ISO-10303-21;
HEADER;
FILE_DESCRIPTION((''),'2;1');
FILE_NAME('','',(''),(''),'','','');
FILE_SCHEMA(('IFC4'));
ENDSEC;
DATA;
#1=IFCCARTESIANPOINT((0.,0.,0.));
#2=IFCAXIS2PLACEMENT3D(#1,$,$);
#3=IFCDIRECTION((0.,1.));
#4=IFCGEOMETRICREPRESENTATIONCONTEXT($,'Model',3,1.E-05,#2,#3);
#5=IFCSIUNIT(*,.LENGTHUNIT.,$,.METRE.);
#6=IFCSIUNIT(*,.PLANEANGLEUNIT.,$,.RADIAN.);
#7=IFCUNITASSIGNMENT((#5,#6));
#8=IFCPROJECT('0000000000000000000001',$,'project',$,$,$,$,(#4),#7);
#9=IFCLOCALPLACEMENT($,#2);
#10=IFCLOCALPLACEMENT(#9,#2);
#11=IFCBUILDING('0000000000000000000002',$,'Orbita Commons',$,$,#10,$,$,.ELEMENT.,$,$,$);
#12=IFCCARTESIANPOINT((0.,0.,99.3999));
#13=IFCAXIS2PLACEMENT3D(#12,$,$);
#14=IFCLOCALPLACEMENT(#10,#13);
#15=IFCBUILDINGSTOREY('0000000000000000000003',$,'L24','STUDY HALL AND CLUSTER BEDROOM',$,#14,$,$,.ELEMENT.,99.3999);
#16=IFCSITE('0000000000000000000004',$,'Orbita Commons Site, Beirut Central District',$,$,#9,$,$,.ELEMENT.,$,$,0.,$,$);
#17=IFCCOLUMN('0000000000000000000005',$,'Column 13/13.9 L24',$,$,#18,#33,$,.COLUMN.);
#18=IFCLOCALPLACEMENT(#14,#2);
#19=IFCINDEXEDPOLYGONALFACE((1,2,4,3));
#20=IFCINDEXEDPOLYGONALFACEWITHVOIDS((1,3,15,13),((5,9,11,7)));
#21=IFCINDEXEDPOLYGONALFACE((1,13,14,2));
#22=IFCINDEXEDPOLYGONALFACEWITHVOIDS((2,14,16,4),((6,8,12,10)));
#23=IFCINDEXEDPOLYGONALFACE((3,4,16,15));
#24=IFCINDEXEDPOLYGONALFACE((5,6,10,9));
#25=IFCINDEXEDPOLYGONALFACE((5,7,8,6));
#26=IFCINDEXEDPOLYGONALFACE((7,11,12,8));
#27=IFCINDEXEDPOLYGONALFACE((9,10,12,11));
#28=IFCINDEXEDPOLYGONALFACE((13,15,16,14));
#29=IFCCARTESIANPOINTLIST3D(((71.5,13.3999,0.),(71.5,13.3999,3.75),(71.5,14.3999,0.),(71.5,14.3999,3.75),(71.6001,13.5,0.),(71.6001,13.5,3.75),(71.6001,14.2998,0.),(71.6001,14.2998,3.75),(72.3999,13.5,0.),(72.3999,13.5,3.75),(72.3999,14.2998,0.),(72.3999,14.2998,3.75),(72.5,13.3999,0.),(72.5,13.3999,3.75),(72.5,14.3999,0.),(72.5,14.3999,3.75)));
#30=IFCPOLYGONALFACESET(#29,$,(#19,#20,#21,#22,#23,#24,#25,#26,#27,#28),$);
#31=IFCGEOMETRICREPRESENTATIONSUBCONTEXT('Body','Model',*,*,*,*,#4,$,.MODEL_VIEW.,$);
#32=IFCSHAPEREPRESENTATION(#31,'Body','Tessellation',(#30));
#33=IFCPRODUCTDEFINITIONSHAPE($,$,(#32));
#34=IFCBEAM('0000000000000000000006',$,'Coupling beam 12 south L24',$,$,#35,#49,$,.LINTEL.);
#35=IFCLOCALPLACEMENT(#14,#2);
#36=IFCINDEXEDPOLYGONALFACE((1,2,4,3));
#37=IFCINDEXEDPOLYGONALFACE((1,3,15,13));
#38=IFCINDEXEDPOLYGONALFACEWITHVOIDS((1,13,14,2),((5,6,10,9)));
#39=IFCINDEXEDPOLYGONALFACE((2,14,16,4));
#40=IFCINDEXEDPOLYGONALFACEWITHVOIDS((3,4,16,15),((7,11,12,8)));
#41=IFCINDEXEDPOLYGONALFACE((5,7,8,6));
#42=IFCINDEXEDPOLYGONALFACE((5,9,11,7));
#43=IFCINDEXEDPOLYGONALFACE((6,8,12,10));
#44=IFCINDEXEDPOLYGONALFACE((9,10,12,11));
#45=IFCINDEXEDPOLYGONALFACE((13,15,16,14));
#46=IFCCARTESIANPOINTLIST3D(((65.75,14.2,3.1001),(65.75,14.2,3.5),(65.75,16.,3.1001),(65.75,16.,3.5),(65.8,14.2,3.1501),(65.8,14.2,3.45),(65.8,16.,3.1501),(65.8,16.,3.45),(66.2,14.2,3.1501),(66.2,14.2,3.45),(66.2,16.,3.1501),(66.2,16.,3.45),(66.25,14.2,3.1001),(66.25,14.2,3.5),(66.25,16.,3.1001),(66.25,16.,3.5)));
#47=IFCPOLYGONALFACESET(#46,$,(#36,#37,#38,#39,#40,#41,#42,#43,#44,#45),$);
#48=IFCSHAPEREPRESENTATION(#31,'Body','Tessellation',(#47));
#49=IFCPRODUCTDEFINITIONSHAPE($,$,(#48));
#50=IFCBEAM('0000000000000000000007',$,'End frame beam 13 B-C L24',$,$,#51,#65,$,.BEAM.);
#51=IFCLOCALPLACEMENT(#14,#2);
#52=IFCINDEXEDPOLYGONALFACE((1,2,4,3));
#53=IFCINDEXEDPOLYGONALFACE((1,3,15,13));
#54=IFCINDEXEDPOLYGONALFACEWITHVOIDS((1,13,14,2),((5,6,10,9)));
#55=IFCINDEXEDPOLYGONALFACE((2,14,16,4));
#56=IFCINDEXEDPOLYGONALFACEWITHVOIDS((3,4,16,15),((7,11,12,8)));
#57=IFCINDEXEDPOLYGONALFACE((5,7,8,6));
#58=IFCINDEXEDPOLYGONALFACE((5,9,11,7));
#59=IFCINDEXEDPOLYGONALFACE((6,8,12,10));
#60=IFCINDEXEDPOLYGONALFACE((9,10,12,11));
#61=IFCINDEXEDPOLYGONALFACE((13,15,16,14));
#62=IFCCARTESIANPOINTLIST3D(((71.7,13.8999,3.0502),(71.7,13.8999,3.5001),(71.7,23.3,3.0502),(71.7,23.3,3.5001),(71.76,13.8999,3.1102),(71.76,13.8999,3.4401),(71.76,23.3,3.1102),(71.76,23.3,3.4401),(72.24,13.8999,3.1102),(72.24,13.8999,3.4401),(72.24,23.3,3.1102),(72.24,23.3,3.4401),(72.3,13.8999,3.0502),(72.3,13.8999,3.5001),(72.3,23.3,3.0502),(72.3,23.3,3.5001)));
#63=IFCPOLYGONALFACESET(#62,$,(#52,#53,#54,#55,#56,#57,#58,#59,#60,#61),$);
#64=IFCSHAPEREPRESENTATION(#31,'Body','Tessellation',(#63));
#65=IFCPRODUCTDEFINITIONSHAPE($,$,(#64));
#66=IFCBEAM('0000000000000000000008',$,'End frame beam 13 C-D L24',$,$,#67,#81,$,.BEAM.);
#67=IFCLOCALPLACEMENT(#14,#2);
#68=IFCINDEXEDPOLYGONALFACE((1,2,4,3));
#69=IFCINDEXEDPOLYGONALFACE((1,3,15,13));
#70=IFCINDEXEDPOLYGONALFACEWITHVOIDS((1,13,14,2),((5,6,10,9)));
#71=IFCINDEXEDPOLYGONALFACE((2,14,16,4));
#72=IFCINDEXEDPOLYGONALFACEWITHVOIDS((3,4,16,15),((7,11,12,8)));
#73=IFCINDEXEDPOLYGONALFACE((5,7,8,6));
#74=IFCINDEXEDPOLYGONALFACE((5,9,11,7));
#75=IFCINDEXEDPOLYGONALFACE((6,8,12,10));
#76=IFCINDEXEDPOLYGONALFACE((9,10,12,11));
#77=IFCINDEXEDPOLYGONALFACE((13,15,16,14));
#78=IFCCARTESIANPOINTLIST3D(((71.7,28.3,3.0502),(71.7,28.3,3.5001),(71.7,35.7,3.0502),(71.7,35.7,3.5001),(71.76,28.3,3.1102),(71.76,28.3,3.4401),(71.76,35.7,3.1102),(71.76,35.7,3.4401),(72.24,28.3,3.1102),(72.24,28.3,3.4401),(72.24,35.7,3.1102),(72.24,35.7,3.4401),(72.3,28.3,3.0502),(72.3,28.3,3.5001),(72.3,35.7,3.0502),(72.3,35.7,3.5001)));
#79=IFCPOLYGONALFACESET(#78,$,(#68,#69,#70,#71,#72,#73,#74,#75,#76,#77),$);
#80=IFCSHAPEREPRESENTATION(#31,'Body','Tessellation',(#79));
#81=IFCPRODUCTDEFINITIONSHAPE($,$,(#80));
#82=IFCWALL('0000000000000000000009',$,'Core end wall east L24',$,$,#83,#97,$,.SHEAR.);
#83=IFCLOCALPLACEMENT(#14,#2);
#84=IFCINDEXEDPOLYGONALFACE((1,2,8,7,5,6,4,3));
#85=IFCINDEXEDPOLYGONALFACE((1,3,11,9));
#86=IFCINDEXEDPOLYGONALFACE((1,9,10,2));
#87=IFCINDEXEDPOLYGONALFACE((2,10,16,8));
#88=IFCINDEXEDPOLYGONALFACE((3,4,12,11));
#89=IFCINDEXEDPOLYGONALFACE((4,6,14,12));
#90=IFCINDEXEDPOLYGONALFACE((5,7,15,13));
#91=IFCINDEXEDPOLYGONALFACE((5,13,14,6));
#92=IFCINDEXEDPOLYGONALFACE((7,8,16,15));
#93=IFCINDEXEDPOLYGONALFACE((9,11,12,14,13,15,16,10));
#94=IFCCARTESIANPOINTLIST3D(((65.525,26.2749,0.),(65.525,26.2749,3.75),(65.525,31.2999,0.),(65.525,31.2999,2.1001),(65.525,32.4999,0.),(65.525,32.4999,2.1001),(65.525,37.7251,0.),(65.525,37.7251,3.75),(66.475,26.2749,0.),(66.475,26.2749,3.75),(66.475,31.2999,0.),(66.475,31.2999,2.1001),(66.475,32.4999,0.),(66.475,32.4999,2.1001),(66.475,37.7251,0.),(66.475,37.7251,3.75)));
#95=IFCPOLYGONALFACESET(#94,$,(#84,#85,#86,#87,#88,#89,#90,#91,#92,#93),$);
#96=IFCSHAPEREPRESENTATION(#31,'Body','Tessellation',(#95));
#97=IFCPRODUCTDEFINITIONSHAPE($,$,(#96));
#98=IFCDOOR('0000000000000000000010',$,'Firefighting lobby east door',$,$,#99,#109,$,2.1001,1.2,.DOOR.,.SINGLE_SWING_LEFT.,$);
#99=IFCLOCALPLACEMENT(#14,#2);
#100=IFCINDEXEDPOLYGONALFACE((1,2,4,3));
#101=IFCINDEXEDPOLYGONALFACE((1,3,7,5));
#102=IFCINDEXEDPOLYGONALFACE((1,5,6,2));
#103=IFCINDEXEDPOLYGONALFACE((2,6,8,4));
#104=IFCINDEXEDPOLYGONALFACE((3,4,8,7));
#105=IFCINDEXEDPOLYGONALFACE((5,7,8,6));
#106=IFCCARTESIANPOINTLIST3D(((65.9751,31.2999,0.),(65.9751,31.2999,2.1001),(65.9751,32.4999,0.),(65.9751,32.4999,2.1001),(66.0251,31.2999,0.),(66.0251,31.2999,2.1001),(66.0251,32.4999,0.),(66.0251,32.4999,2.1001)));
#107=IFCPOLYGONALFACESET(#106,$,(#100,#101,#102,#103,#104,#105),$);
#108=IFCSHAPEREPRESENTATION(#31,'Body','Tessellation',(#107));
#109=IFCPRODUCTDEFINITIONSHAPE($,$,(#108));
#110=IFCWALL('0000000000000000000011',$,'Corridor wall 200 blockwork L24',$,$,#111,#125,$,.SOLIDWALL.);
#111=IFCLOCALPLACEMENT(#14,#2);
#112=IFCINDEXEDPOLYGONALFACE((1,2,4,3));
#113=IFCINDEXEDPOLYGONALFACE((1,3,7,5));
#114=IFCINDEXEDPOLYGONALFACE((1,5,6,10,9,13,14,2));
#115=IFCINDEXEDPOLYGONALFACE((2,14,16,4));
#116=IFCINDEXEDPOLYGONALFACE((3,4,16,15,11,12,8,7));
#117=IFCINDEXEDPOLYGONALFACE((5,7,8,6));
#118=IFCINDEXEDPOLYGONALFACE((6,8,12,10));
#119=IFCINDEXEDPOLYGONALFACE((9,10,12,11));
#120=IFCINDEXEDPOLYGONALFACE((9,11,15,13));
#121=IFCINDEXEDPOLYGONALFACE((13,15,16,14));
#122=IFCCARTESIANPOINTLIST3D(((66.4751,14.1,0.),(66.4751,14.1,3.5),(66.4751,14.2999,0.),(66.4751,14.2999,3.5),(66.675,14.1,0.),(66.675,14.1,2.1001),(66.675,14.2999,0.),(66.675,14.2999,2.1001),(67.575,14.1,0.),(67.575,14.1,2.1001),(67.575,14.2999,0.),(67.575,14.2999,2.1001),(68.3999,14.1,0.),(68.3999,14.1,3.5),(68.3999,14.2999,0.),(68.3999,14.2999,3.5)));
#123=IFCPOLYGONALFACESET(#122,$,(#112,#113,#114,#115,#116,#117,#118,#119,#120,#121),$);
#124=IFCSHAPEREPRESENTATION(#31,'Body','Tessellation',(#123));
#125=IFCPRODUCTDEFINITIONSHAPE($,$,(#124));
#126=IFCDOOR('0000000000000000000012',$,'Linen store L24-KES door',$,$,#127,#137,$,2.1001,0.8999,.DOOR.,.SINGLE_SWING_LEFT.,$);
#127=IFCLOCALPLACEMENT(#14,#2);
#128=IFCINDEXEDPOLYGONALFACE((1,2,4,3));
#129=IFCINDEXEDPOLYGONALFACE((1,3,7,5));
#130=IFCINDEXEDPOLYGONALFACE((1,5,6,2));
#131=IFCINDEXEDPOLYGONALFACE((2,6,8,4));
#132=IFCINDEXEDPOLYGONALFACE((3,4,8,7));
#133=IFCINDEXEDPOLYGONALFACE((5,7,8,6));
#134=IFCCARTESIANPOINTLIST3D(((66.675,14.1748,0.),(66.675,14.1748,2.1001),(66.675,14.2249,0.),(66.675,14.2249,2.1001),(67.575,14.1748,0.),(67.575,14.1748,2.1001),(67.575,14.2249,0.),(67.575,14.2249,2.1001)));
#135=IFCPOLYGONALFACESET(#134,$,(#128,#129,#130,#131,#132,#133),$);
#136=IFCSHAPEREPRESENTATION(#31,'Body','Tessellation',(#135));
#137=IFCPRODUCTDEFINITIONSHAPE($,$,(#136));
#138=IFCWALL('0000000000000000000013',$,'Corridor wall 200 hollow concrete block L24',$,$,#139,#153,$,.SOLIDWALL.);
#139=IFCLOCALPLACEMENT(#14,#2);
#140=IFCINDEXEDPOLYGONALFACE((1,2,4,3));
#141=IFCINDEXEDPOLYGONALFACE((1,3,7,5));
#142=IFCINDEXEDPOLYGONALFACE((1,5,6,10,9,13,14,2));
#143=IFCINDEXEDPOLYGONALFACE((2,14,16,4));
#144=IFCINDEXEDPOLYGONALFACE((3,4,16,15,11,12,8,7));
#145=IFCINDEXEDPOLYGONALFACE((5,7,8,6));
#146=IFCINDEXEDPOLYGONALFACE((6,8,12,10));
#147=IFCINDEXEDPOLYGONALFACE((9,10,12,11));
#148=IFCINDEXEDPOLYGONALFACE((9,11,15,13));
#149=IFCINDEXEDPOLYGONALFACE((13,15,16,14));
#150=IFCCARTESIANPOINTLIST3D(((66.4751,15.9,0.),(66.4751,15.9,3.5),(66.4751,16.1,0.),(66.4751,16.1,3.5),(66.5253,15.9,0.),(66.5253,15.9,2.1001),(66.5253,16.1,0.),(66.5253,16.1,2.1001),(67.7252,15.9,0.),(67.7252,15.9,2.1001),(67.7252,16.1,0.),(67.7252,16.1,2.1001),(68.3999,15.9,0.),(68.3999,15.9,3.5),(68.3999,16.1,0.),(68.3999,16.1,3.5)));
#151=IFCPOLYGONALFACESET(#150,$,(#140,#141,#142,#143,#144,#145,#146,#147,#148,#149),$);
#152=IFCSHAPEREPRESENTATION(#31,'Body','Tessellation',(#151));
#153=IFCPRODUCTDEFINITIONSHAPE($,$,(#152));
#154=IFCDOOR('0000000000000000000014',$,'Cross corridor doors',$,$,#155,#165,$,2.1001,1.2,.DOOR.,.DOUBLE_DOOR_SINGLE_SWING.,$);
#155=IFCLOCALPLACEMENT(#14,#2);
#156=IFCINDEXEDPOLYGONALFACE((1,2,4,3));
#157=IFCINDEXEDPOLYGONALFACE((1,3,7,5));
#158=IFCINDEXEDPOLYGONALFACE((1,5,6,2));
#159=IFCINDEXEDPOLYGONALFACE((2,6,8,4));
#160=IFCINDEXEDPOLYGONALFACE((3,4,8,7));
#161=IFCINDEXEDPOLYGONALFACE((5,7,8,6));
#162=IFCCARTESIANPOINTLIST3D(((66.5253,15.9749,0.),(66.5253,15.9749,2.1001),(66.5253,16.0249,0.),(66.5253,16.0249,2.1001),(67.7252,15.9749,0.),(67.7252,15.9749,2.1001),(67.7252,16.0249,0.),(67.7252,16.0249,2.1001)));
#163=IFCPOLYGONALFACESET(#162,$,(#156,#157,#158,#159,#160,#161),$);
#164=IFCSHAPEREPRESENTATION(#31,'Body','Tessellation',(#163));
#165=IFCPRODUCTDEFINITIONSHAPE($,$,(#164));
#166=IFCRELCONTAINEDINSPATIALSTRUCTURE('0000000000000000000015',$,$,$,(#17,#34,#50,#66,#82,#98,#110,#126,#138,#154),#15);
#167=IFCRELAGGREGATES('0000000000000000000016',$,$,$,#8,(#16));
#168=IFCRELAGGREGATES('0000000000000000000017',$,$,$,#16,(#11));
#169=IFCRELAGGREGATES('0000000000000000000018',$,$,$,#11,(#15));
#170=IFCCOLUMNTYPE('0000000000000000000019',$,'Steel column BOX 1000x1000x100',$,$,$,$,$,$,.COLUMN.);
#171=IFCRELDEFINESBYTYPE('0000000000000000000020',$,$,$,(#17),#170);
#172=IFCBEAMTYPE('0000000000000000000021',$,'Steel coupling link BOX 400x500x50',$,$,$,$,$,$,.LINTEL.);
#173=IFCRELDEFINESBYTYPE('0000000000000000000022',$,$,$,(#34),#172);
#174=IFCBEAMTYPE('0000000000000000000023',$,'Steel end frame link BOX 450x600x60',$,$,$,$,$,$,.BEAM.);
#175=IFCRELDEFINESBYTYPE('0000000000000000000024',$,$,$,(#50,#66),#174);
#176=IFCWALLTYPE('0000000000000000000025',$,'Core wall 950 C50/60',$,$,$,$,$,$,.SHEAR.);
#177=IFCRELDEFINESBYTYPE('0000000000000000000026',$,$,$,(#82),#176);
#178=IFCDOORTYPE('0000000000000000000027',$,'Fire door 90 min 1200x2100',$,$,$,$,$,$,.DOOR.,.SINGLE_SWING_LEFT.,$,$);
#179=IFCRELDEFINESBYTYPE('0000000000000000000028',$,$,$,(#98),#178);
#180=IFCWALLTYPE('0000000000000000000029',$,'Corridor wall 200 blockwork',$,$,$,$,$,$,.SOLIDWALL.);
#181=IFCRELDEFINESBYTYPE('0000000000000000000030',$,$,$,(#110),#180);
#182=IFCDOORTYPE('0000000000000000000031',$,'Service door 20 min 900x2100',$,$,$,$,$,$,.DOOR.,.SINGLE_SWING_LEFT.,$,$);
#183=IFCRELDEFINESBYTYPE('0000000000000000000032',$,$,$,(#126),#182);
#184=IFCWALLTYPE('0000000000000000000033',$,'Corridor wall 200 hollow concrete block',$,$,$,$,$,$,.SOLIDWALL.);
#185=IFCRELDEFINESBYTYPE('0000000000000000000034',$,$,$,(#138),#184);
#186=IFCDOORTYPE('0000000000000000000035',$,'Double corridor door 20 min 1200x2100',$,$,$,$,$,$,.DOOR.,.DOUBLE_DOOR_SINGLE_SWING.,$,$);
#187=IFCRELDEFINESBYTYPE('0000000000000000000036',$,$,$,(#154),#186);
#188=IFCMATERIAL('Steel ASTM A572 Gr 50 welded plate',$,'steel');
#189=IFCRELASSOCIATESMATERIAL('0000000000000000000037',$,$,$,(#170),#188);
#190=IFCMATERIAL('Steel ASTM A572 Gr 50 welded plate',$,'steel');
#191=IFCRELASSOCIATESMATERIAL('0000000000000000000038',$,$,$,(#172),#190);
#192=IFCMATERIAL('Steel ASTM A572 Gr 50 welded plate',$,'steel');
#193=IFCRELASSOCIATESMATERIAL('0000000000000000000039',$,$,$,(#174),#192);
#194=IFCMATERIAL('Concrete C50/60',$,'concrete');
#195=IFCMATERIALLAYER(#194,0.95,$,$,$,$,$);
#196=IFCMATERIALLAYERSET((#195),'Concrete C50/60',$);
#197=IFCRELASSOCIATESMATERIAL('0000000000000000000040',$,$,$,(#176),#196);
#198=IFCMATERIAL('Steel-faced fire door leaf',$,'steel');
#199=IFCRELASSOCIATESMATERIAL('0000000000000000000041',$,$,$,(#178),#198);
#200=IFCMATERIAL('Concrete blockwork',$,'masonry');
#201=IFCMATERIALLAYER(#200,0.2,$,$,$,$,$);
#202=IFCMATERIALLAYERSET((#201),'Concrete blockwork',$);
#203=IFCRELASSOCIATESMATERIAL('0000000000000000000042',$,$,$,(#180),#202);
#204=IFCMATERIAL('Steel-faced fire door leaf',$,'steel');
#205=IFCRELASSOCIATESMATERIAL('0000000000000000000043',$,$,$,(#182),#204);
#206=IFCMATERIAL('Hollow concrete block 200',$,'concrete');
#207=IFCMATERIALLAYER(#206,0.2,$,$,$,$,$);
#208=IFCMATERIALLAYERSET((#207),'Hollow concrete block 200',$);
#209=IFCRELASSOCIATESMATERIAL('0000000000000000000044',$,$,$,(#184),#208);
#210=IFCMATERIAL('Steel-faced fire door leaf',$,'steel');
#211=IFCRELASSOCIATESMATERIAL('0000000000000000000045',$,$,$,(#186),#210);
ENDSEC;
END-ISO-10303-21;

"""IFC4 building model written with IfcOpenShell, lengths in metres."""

from ifc_helpers import new_model, si_unit, direction, frame, frame_2d, origin, origin_2d, place, context, subcontext, project, spatial, rectangle, hollow_rectangle, extrude, material, layer, layer_set, material_profile, profile_set, type_object, element, fill, save


model = new_model("IFC4")

# Units and contexts
model_context = context("Model", 3, precision=1e-05, world=origin(), true_north=direction((0.0, 1.0)))
body_context = subcontext(model_context, "Body", "Model", "MODEL_VIEW")
ifc_project = project(units=[si_unit("LENGTHUNIT", "METRE"), si_unit("PLANEANGLEUNIT", "RADIAN")], contexts=[model_context])

# Site, building, storey
site_placement = place(None, origin())
site = spatial("IfcSite", under=ifc_project, at=site_placement, Name="Orbita Commons Site, Beirut Central District", CompositionType="ELEMENT", RefElevation=0.0)
building_placement = place(site_placement, origin())
building = spatial("IfcBuilding", under=site, at=building_placement, Name="Orbita Commons", CompositionType="ELEMENT")
storey_placement = place(building_placement, frame((0.0, 0.0, 99.3999)))
storey = spatial("IfcBuildingStorey", under=building, at=storey_placement, Name="L24", Description="STUDY HALL AND CLUSTER BEDROOM", CompositionType="ELEMENT", Elevation=99.3999)

# Column
ifc_material_1 = material(Name="Steel ASTM A572 Gr 50 welded plate", Category="steel")
ifc_material_profile_1 = material_profile(ifc_material_1, hollow_rectangle(XDim=1.0, YDim=1.0, WallThickness=0.1001, at=origin_2d()), Name="BOX 1000x1000x100")
ifc_profile_set_1 = profile_set([ifc_material_profile_1], Name="Steel ASTM A572 Gr 50 welded plate")
column_type = type_object("IfcColumnType", Name="Steel column BOX 1000x1000x100", PredefinedType="COLUMN", material=ifc_profile_set_1)
column_placement = place(storey_placement, frame((72.0, 13.8999, 0.0), z_axis=(0.0, 0.0, 1.0), x_axis=(1.0, 0.0, 0.0)))
element("IfcColumn", 1, at=column_placement, inside=storey, type_object=column_type, Name="Column 13/13.9 L24", PredefinedType="COLUMN", context=body_context, shape_type="SweptSolid", body=[
    extrude(hollow_rectangle(XDim=1.0, YDim=1.0, WallThickness=0.1001, at=origin_2d()), origin(), (0.0, 0.0, 1.0), 3.75),
])

# Beams
ifc_material_2 = material(Name="Steel ASTM A572 Gr 50 welded plate", Category="steel")
ifc_material_profile_2 = material_profile(ifc_material_2, hollow_rectangle(XDim=0.5, YDim=0.3999, WallThickness=0.05, at=origin_2d()), Name="BOX 400x500x50")
ifc_profile_set_2 = profile_set([ifc_material_profile_2], Name="Steel ASTM A572 Gr 50 welded plate")
beam_type_1 = type_object("IfcBeamType", Name="Steel coupling link BOX 400x500x50", PredefinedType="LINTEL", material=ifc_profile_set_2)
beam_1_placement = place(storey_placement, frame((66.0, 14.2, 3.3), z_axis=(0.0, 1.0, 0.0), x_axis=(-1.0, 0.0, 0.0)))
element("IfcBeam", 2, at=beam_1_placement, inside=storey, type_object=beam_type_1, Name="Coupling beam 12 south L24", PredefinedType="LINTEL", context=body_context, shape_type="SweptSolid", body=[
    extrude(hollow_rectangle(XDim=0.5, YDim=0.3999, WallThickness=0.05, at=origin_2d()), origin(), (0.0, 0.0, 1.0), 1.8),
])
ifc_material_3 = material(Name="Steel ASTM A572 Gr 50 welded plate", Category="steel")
ifc_material_profile_3 = material_profile(ifc_material_3, hollow_rectangle(XDim=0.6001, YDim=0.45, WallThickness=0.0601, at=origin_2d()), Name="BOX 450x600x60")
ifc_profile_set_3 = profile_set([ifc_material_profile_3], Name="Steel ASTM A572 Gr 50 welded plate")
beam_type_2 = type_object("IfcBeamType", Name="Steel end frame link BOX 450x600x60", PredefinedType="BEAM", material=ifc_profile_set_3)
beam_2_placement = place(storey_placement, frame((72.0, 13.8999, 3.2751), z_axis=(0.0, 1.0, 0.0), x_axis=(-1.0, 0.0, 0.0)))
element("IfcBeam", 3, at=beam_2_placement, inside=storey, type_object=beam_type_2, Name="End frame beam 13 B-C L24", PredefinedType="BEAM", context=body_context, shape_type="SweptSolid", body=[
    extrude(hollow_rectangle(XDim=0.6001, YDim=0.45, WallThickness=0.0601, at=origin_2d()), origin(), (0.0, 0.0, 1.0), 9.4001),
])
beam_3_placement = place(storey_placement, frame((72.0, 28.3, 3.2751), z_axis=(0.0, 1.0, 0.0), x_axis=(-1.0, 0.0, 0.0)))
element("IfcBeam", 4, at=beam_3_placement, inside=storey, type_object=beam_type_2, Name="End frame beam 13 C-D L24", PredefinedType="BEAM", context=body_context, shape_type="SweptSolid", body=[
    extrude(hollow_rectangle(XDim=0.6001, YDim=0.45, WallThickness=0.0601, at=origin_2d()), origin(), (0.0, 0.0, 1.0), 7.3999),
])

# Walls, openings, doors
ifc_material_4 = material(Name="Concrete C50/60", Category="concrete")
ifc_layer_1 = layer(ifc_material_4, 0.95)
ifc_layer_set_1 = layer_set([ifc_layer_1], Name="Concrete C50/60")
wall_type_1 = type_object("IfcWallType", Name="Core wall 950 C50/60", PredefinedType="SHEAR", material=ifc_layer_set_1)
wall_1_placement = place(storey_placement, frame((66.0, 26.2749, 0.0), z_axis=(0.0, 0.0, 1.0), x_axis=(0.0, 1.0, 0.0)))
wall_1 = element("IfcWall", 5, at=wall_1_placement, inside=storey, type_object=wall_type_1, Name="Core end wall east L24", PredefinedType="SHEAR", context=body_context, shape_type="SweptSolid", body=[
    extrude(rectangle(XDim=11.4502, YDim=0.95, at=frame_2d((5.7251, 0.0))), origin(), (0.0, 0.0, 1.0), 3.75),
])
opening_1_placement = place(wall_1_placement, frame((5.0249, 0.0, 0.0)))
opening_1 = element("IfcOpeningElement", 6, at=opening_1_placement, cuts=wall_1, PredefinedType="OPENING", context=body_context, shape_type="SweptSolid", body=[
    extrude(rectangle(XDim=1.2, YDim=2.1001, at=frame_2d((0.6001, 1.05))), frame((0.0, 0.4849, 0.0), z_axis=(0.0, -1.0, 0.0), x_axis=(1.0, 0.0, 0.0)), (0.0, 0.0, 1.0), 0.97),
])
ifc_material_5 = material(Name="Steel-faced fire door leaf", Category="steel")
door_type_1 = type_object("IfcDoorType", Name="Fire door 90 min 1200x2100", OperationType="SINGLE_SWING_LEFT", PredefinedType="DOOR", material=ifc_material_5)
door_1_placement = place(opening_1_placement, origin())
door_1 = element("IfcDoor", 7, at=door_1_placement, inside=storey, type_object=door_type_1, Name="Firefighting lobby east door", OperationType="SINGLE_SWING_LEFT", OverallHeight=2.1001, OverallWidth=1.2, PredefinedType="DOOR", context=body_context, shape_type="SweptSolid", body=[
    extrude(rectangle(XDim=1.2, YDim=2.1001, at=frame_2d((0.6001, 1.05))), frame((0.0, 0.0249, 0.0), z_axis=(0.0, -1.0, 0.0), x_axis=(1.0, 0.0, 0.0)), (0.0, 0.0, 1.0), 0.05),
])
fill(opening_1, door_1)
ifc_material_6 = material(Name="Concrete blockwork", Category="masonry")
ifc_layer_2 = layer(ifc_material_6, 0.2)
ifc_layer_set_2 = layer_set([ifc_layer_2], Name="Concrete blockwork")
wall_type_2 = type_object("IfcWallType", Name="Corridor wall 200 blockwork", PredefinedType="SOLIDWALL", material=ifc_layer_set_2)
wall_2_placement = place(storey_placement, frame((66.4751, 14.2, 0.0), z_axis=(0.0, 0.0, 1.0), x_axis=(1.0, 0.0, 0.0)))
wall_2 = element("IfcWall", 8, at=wall_2_placement, inside=storey, type_object=wall_type_2, Name="Corridor wall 200 blockwork L24", PredefinedType="SOLIDWALL", context=body_context, shape_type="SweptSolid", body=[
    extrude(rectangle(XDim=1.9248, YDim=0.2, at=frame_2d((0.9624, 0.0))), origin(), (0.0, 0.0, 1.0), 3.5),
])
opening_2_placement = place(wall_2_placement, frame((0.2, 0.0, 0.0)))
opening_2 = element("IfcOpeningElement", 9, at=opening_2_placement, cuts=wall_2, PredefinedType="OPENING", context=body_context, shape_type="SweptSolid", body=[
    extrude(rectangle(XDim=0.8999, YDim=2.1001, at=frame_2d((0.45, 1.05))), frame((0.0, 0.1099, 0.0), z_axis=(0.0, -1.0, 0.0), x_axis=(1.0, 0.0, 0.0)), (0.0, 0.0, 1.0), 0.22),
])
ifc_material_7 = material(Name="Steel-faced fire door leaf", Category="steel")
door_type_2 = type_object("IfcDoorType", Name="Service door 20 min 900x2100", OperationType="SINGLE_SWING_LEFT", PredefinedType="DOOR", material=ifc_material_7)
door_2_placement = place(opening_2_placement, origin())
door_2 = element("IfcDoor", 10, at=door_2_placement, inside=storey, type_object=door_type_2, Name="Linen store L24-KES door", OperationType="SINGLE_SWING_LEFT", OverallHeight=2.1001, OverallWidth=0.8999, PredefinedType="DOOR", context=body_context, shape_type="SweptSolid", body=[
    extrude(rectangle(XDim=0.8999, YDim=2.1001, at=frame_2d((0.45, 1.05))), frame((0.0, 0.0249, 0.0), z_axis=(0.0, -1.0, 0.0), x_axis=(1.0, 0.0, 0.0)), (0.0, 0.0, 1.0), 0.05),
])
fill(opening_2, door_2)
ifc_material_8 = material(Name="Hollow concrete block 200", Category="concrete")
ifc_layer_3 = layer(ifc_material_8, 0.2)
ifc_layer_set_3 = layer_set([ifc_layer_3], Name="Hollow concrete block 200")
wall_type_3 = type_object("IfcWallType", Name="Corridor wall 200 hollow concrete block", PredefinedType="SOLIDWALL", material=ifc_layer_set_3)
wall_3_placement = place(storey_placement, frame((66.4751, 16.0, 0.0), z_axis=(0.0, 0.0, 1.0), x_axis=(1.0, 0.0, 0.0)))
wall_3 = element("IfcWall", 11, at=wall_3_placement, inside=storey, type_object=wall_type_3, Name="Corridor wall 200 hollow concrete block L24", PredefinedType="SOLIDWALL", context=body_context, shape_type="SweptSolid", body=[
    extrude(rectangle(XDim=1.9248, YDim=0.2, at=frame_2d((0.9624, 0.0))), origin(), (0.0, 0.0, 1.0), 3.5),
])
opening_3_placement = place(wall_3_placement, frame((0.05, 0.0, 0.0)))
opening_3 = element("IfcOpeningElement", 12, at=opening_3_placement, cuts=wall_3, PredefinedType="OPENING", context=body_context, shape_type="SweptSolid", body=[
    extrude(rectangle(XDim=1.2, YDim=2.1001, at=frame_2d((0.6001, 1.05))), frame((0.0, 0.1099, 0.0), z_axis=(0.0, -1.0, 0.0), x_axis=(1.0, 0.0, 0.0)), (0.0, 0.0, 1.0), 0.22),
])
ifc_material_9 = material(Name="Steel-faced fire door leaf", Category="steel")
door_type_3 = type_object("IfcDoorType", Name="Double corridor door 20 min 1200x2100", OperationType="DOUBLE_DOOR_SINGLE_SWING", PredefinedType="DOOR", material=ifc_material_9)
door_3_placement = place(opening_3_placement, origin())
door_3 = element("IfcDoor", 13, at=door_3_placement, inside=storey, type_object=door_type_3, Name="Cross corridor doors", OperationType="DOUBLE_DOOR_SINGLE_SWING", OverallHeight=2.1001, OverallWidth=1.2, PredefinedType="DOOR", context=body_context, shape_type="SweptSolid", body=[
    extrude(rectangle(XDim=1.2, YDim=2.1001, at=frame_2d((0.6001, 1.05))), frame((0.0, 0.0249, 0.0), z_axis=(0.0, -1.0, 0.0), x_axis=(1.0, 0.0, 0.0)), (0.0, 0.0, 1.0), 0.05),
])
fill(opening_3, door_3)

save(model, "model.ifc")
